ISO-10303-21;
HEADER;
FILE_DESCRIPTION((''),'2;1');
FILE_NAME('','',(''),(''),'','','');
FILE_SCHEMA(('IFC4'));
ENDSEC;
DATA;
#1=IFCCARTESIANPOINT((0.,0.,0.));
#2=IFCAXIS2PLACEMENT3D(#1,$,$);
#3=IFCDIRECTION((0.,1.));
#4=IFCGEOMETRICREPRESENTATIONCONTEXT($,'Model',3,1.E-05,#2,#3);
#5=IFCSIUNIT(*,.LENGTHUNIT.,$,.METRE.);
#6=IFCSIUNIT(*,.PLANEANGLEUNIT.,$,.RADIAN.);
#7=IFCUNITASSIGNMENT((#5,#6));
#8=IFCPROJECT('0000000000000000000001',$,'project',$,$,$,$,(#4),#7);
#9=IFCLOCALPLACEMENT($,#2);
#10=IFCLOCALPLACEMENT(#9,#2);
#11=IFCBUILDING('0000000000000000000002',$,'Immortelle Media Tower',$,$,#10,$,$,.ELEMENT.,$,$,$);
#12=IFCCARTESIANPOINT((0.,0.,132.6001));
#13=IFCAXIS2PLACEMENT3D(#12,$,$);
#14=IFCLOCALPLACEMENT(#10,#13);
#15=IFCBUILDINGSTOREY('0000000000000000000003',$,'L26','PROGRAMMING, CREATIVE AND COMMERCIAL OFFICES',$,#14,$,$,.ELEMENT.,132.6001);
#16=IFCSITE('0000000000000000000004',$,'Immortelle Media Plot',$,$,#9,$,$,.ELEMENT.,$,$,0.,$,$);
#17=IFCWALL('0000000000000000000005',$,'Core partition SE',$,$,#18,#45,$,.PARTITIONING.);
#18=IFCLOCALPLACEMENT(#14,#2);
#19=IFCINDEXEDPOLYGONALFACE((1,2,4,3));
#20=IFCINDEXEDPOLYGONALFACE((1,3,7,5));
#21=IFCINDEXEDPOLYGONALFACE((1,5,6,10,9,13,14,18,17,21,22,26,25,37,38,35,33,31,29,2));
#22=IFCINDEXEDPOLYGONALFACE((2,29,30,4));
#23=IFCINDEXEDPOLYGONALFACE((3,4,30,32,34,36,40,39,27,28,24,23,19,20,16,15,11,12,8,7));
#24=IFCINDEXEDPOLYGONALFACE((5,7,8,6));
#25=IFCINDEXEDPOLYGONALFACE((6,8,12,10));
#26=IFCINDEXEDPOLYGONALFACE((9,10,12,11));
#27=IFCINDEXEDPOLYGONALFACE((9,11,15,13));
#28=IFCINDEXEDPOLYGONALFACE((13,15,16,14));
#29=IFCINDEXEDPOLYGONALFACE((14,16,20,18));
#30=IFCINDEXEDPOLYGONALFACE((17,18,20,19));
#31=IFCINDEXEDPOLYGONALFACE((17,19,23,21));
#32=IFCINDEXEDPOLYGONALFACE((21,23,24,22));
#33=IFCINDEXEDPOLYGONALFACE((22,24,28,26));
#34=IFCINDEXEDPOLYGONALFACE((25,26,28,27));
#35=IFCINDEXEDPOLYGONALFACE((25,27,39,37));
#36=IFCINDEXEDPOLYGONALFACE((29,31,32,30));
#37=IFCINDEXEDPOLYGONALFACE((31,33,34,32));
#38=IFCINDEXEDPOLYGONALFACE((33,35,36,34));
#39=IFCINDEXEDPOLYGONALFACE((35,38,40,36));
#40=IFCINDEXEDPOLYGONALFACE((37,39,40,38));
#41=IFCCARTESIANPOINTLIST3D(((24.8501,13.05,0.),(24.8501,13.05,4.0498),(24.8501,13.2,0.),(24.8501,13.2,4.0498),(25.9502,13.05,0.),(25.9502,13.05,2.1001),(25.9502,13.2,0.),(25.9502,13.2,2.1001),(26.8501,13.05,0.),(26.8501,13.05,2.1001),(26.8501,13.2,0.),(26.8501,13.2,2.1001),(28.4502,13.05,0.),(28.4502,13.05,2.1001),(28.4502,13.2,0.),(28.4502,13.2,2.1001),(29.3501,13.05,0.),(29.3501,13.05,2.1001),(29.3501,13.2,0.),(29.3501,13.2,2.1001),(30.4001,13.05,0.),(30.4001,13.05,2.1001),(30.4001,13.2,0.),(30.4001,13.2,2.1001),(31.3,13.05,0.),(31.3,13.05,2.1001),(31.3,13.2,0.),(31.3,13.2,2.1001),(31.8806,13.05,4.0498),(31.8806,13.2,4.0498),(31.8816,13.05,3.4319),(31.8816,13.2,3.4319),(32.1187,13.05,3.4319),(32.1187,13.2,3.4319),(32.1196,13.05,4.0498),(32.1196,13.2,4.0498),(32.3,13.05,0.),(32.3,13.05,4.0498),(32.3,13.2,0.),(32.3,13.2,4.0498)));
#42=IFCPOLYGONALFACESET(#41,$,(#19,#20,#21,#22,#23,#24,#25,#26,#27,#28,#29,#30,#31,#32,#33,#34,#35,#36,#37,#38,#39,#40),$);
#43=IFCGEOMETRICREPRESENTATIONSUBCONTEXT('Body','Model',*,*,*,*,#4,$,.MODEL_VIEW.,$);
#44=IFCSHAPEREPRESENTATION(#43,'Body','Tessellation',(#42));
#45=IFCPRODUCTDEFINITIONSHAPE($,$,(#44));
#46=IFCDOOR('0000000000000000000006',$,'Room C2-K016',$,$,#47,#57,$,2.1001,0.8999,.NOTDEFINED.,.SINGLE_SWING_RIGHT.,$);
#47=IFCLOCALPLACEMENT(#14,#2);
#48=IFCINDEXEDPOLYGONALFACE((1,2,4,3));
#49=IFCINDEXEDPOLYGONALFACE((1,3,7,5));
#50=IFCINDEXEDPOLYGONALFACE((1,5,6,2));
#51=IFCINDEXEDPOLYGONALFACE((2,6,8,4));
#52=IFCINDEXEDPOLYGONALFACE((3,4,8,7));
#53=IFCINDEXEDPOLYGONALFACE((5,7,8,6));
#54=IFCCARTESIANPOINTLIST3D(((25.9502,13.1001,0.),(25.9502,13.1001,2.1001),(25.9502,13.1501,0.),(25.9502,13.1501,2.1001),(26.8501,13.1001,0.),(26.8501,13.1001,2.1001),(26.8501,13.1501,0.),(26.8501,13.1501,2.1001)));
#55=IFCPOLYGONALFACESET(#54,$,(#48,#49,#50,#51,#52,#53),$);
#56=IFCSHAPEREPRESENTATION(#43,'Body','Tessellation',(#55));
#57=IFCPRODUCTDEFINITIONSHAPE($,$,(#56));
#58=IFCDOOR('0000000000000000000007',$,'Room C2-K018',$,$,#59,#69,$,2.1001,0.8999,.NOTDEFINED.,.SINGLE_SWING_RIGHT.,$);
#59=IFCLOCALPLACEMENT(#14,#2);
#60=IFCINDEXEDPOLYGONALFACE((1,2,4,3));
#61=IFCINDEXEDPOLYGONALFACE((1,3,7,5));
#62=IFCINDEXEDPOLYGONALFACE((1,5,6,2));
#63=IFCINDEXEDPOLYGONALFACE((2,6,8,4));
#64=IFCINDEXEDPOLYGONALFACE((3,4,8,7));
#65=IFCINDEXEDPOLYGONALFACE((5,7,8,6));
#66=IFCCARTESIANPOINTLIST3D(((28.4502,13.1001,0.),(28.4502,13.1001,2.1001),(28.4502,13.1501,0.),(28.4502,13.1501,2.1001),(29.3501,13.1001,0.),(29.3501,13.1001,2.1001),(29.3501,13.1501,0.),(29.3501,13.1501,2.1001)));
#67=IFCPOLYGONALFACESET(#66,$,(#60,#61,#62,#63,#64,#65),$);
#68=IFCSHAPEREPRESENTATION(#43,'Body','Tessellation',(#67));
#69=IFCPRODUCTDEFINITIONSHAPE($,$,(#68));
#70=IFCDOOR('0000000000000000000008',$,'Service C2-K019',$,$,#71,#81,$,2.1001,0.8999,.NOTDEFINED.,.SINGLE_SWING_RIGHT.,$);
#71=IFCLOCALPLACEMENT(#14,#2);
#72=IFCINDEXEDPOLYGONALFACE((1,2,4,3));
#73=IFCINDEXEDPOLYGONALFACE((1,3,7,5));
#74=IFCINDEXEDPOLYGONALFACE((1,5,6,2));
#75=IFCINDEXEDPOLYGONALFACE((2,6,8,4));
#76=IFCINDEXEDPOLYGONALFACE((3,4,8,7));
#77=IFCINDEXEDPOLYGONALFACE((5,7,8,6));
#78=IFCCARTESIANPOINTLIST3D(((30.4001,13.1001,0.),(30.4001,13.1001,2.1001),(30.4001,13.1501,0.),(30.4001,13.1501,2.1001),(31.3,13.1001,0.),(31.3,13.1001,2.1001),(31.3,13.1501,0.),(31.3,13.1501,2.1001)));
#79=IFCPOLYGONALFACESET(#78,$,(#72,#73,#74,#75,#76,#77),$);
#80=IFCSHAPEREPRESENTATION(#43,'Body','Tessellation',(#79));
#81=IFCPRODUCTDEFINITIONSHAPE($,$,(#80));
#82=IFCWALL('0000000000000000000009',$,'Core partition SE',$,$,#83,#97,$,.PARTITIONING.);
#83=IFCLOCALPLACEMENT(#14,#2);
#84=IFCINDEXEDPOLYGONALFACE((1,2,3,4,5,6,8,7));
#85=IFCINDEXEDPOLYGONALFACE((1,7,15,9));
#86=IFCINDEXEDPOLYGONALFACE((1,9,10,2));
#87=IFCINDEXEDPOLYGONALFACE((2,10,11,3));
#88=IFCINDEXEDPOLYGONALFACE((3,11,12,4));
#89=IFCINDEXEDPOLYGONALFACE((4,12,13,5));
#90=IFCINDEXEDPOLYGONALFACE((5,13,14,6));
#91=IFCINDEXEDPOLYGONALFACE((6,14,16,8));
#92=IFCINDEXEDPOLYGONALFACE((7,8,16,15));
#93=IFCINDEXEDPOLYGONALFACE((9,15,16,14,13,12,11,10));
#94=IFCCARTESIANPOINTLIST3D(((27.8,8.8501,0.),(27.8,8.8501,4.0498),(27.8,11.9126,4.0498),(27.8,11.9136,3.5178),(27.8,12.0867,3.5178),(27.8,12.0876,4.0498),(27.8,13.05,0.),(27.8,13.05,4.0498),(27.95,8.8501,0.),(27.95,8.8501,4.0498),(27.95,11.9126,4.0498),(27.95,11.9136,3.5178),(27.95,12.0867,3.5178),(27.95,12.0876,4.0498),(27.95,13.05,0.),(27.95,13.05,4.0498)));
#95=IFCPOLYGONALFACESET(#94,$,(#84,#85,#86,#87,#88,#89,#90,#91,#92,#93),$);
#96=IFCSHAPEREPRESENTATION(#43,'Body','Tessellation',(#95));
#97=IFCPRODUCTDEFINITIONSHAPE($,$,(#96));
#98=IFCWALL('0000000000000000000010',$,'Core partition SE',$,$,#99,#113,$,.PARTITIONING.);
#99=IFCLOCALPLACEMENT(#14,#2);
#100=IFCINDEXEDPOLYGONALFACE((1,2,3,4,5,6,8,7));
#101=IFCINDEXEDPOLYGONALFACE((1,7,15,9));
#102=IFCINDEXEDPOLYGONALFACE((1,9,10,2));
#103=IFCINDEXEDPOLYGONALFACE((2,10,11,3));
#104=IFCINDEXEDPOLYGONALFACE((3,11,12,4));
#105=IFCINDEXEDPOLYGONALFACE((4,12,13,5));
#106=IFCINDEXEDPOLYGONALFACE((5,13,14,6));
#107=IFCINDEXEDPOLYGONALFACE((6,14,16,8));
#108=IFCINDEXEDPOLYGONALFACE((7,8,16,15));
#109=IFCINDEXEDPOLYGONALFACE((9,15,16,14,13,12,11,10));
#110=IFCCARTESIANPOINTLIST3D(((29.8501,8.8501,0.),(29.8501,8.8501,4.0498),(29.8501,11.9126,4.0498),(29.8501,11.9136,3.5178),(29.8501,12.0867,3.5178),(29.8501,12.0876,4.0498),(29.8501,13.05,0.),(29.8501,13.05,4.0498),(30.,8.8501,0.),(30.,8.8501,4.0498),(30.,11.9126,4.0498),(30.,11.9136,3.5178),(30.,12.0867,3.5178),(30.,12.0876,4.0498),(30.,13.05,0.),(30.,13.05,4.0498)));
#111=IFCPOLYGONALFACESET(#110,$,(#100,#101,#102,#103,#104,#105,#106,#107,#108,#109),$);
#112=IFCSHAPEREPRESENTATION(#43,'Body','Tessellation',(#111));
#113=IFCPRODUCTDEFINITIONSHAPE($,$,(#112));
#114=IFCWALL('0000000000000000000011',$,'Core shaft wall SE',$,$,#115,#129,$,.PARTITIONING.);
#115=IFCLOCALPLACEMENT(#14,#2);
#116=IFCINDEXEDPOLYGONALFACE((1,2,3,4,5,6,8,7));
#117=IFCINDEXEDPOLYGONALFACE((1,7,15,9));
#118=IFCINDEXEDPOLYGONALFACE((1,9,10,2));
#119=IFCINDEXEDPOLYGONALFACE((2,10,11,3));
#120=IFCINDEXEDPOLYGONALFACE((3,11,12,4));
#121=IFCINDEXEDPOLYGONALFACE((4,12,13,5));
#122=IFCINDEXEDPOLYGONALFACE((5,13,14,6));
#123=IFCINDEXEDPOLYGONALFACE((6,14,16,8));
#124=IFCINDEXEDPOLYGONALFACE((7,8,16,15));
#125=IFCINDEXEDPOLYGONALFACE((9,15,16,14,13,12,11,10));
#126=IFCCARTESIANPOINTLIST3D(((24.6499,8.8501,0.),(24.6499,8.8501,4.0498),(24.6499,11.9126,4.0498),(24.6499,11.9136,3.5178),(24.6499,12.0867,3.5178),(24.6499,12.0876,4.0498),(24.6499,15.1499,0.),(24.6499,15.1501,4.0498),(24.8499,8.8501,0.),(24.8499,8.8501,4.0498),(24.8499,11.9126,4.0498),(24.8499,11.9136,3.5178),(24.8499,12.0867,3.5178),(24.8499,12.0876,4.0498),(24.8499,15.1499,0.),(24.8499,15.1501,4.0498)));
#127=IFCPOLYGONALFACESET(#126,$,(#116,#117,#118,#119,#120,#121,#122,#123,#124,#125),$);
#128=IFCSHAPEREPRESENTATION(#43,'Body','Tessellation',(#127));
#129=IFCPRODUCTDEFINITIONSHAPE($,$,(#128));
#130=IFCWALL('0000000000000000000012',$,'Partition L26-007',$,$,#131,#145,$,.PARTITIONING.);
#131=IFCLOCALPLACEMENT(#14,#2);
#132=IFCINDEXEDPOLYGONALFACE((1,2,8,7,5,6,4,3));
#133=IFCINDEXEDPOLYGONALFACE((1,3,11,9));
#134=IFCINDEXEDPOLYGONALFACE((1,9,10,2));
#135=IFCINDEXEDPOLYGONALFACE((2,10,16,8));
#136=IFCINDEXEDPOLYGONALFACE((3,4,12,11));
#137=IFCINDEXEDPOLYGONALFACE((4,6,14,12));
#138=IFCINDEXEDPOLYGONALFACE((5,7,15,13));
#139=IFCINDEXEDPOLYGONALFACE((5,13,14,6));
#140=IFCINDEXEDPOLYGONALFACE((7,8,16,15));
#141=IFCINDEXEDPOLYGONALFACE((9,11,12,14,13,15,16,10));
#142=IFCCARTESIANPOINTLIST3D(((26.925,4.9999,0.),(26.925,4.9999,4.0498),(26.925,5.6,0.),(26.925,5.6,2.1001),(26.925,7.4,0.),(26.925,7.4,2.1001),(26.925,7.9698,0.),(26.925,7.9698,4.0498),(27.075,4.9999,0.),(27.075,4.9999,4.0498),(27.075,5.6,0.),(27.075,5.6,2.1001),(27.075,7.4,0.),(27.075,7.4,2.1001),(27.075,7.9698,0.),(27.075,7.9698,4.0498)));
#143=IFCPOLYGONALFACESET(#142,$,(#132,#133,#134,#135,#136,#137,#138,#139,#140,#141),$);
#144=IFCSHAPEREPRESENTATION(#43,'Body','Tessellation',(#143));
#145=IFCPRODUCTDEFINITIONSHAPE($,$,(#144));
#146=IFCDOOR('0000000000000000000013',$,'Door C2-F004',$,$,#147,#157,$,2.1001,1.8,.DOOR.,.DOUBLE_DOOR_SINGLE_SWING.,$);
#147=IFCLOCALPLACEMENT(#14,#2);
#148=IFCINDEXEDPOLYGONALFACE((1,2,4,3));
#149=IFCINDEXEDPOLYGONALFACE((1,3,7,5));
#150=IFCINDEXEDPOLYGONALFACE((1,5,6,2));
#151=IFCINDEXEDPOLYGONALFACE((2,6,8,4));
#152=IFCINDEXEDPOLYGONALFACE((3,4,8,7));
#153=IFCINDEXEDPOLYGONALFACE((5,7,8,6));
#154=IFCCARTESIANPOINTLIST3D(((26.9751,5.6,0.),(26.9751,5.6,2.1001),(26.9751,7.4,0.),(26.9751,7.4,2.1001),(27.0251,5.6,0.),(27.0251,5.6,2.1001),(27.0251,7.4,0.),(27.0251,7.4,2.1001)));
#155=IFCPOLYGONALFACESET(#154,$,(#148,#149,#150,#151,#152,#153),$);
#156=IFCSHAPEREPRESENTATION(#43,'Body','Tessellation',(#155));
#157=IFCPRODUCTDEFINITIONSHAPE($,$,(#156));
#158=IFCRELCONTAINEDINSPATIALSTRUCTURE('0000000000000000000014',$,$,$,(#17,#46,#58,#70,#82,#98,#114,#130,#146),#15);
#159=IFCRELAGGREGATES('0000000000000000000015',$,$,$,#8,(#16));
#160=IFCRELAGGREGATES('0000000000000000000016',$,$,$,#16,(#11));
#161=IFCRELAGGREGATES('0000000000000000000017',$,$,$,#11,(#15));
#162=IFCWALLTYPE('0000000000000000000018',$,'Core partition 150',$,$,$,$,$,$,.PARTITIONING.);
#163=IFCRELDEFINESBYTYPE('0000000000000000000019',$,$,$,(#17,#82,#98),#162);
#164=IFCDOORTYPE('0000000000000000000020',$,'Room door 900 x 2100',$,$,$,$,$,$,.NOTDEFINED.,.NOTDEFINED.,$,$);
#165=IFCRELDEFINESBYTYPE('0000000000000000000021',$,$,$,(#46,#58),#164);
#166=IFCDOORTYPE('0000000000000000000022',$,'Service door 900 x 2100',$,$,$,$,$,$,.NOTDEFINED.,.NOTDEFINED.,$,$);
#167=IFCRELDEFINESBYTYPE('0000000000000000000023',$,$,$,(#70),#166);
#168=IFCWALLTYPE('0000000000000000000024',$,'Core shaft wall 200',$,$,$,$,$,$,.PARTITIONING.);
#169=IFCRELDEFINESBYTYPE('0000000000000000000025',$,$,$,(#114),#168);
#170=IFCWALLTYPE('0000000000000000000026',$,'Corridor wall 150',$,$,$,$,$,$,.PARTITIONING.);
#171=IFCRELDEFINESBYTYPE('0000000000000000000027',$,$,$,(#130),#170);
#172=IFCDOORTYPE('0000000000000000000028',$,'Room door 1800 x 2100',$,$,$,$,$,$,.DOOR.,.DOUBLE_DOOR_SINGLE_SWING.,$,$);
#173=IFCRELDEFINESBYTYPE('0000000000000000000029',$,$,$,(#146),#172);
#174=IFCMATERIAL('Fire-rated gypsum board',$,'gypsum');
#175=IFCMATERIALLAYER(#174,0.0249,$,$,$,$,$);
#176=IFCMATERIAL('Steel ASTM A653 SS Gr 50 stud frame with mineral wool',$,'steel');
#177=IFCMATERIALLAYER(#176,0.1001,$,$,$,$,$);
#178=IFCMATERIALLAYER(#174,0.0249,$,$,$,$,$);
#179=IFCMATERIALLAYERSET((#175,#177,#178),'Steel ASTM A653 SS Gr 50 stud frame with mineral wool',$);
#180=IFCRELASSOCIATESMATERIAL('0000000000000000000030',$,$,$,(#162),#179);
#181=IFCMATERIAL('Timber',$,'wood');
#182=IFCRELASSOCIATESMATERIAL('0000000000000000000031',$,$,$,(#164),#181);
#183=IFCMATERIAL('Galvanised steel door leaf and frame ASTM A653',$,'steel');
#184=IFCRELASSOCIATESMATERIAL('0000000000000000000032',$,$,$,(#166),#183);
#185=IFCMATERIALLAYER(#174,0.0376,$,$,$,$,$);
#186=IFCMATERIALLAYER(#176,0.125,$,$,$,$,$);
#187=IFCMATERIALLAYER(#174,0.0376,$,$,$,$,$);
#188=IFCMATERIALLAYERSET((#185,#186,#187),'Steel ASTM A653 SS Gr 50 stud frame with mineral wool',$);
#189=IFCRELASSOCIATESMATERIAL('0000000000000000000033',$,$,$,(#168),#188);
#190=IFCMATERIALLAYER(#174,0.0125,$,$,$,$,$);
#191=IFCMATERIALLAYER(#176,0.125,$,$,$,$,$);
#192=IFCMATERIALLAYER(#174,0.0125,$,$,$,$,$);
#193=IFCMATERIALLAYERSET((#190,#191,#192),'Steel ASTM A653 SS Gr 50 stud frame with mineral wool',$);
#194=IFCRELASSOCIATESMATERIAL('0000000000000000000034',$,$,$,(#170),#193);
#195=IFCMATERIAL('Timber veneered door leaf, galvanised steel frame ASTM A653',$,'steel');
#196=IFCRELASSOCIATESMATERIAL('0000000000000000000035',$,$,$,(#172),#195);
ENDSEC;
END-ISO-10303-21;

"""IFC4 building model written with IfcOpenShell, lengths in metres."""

from ifc_helpers import new_model, si_unit, direction, frame, frame_2d, origin, place, context, subcontext, project, spatial, polyline, rectangle, outline, extrude, material, layer, layer_set, type_object, element, fill, save


model = new_model("IFC4")

# Units and contexts
model_context = context("Model", 3, precision=1e-05, world=origin(), true_north=direction((0.0, 1.0)))
body_context = subcontext(model_context, "Body", "Model", "MODEL_VIEW")
ifc_project = project(units=[si_unit("LENGTHUNIT", "METRE"), si_unit("PLANEANGLEUNIT", "RADIAN")], contexts=[model_context])

# Site, building, storey
site_placement = place(None, origin())
site = spatial("IfcSite", under=ifc_project, at=site_placement, Name="Immortelle Media Plot", CompositionType="ELEMENT", RefElevation=0.0)
building_placement = place(site_placement, origin())
building = spatial("IfcBuilding", under=site, at=building_placement, Name="Immortelle Media Tower", CompositionType="ELEMENT")
storey_placement = place(building_placement, frame((0.0, 0.0, 132.6001)))
storey = spatial("IfcBuildingStorey", under=building, at=storey_placement, Name="L26", Description="PROGRAMMING, CREATIVE AND COMMERCIAL OFFICES", CompositionType="ELEMENT", Elevation=132.6001)

# Wall, openings, doors
ifc_material_1 = material(Name="Fire-rated gypsum board", Category="gypsum")
ifc_layer_1 = layer(ifc_material_1, 0.0249)
ifc_material_2 = material(Name="Steel ASTM A653 SS Gr 50 stud frame with mineral wool", Category="steel")
ifc_layer_2 = layer(ifc_material_2, 0.1001)
ifc_layer_3 = layer(ifc_material_1, 0.0249)
ifc_layer_set_1 = layer_set([ifc_layer_1, ifc_layer_2, ifc_layer_3], Name="Steel ASTM A653 SS Gr 50 stud frame with mineral wool")
wall_type_1 = type_object("IfcWallType", Name="Core partition 150", PredefinedType="PARTITIONING", material=ifc_layer_set_1)
wall_1_placement = place(storey_placement, frame((24.8501, 13.125, 0.0), z_axis=(0.0, 0.0, 1.0), x_axis=(1.0, 0.0, 0.0)))
wall_1 = element("IfcWall", 1, at=wall_1_placement, inside=storey, type_object=wall_type_1, Name="Core partition SE", PredefinedType="PARTITIONING", context=body_context, shape_type="SweptSolid", body=[
    extrude(outline(polyline([(0.0, 0.0), (7.45, 0.0), (7.45, 4.0498), (7.2695, 4.0498), (7.2686, 3.4319), (7.0315, 3.4319), (7.0305, 4.0498), (0.0, 4.0498), (0.0, 0.0)])), frame((0.0, 0.075, 0.0), z_axis=(0.0, -1.0, 0.0), x_axis=(1.0, 0.0, 0.0)), (0.0, 0.0, 1.0), 0.1499),
])
opening_1_placement = place(wall_1_placement, frame((2.0, 0.0, 0.0), z_axis=(0.0, 0.0, 1.0), x_axis=(-1.0, 0.0, 0.0)))
opening_1 = element("IfcOpeningElement", 2, at=opening_1_placement, cuts=wall_1, PredefinedType="OPENING", context=body_context, shape_type="SweptSolid", body=[
    extrude(rectangle(XDim=0.8999, YDim=2.1001, at=frame_2d((0.45, 1.05))), frame((0.0, 0.085, 0.0), z_axis=(0.0, -1.0, 0.0), x_axis=(1.0, 0.0, 0.0)), (0.0, 0.0, 1.0), 0.1699),
])
opening_2_placement = place(wall_1_placement, frame((4.5, 0.0, 0.0), z_axis=(0.0, 0.0, 1.0), x_axis=(-1.0, 0.0, 0.0)))
opening_2 = element("IfcOpeningElement", 3, at=opening_2_placement, cuts=wall_1, PredefinedType="OPENING", context=body_context, shape_type="SweptSolid", body=[
    extrude(rectangle(XDim=0.8999, YDim=2.1001, at=frame_2d((0.45, 1.05))), frame((0.0, 0.085, 0.0), z_axis=(0.0, -1.0, 0.0), x_axis=(1.0, 0.0, 0.0)), (0.0, 0.0, 1.0), 0.1699),
])
opening_3_placement = place(wall_1_placement, frame((6.45, 0.0, 0.0), z_axis=(0.0, 0.0, 1.0), x_axis=(-1.0, 0.0, 0.0)))
opening_3 = element("IfcOpeningElement", 4, at=opening_3_placement, cuts=wall_1, PredefinedType="OPENING", context=body_context, shape_type="SweptSolid", body=[
    extrude(rectangle(XDim=0.8999, YDim=2.1001, at=frame_2d((0.45, 1.05))), frame((0.0, 0.085, 0.0), z_axis=(0.0, -1.0, 0.0), x_axis=(1.0, 0.0, 0.0)), (0.0, 0.0, 1.0), 0.1699),
])
ifc_material_3 = material(Name="Timber", Category="wood")
door_type_1 = type_object("IfcDoorType", Name="Room door 900 x 2100", OperationType="NOTDEFINED", PredefinedType="NOTDEFINED", material=ifc_material_3)
door_1_placement = place(opening_1_placement, origin())
door_1 = element("IfcDoor", 5, at=door_1_placement, inside=storey, type_object=door_type_1, Name="Room C2-K016", OperationType="SINGLE_SWING_RIGHT", OverallHeight=2.1001, OverallWidth=0.8999, PredefinedType="NOTDEFINED", context=body_context, shape_type="SweptSolid", body=[
    extrude(rectangle(XDim=0.8999, YDim=2.1001, at=frame_2d((0.45, 1.05))), frame((0.0, 0.0249, 0.0), z_axis=(0.0, -1.0, 0.0), x_axis=(1.0, 0.0, 0.0)), (0.0, 0.0, 1.0), 0.05),
])
fill(opening_1, door_1)
door_2_placement = place(opening_2_placement, origin())
door_2 = element("IfcDoor", 6, at=door_2_placement, inside=storey, type_object=door_type_1, Name="Room C2-K018", OperationType="SINGLE_SWING_RIGHT", OverallHeight=2.1001, OverallWidth=0.8999, PredefinedType="NOTDEFINED", context=body_context, shape_type="SweptSolid", body=[
    extrude(rectangle(XDim=0.8999, YDim=2.1001, at=frame_2d((0.45, 1.05))), frame((0.0, 0.0249, 0.0), z_axis=(0.0, -1.0, 0.0), x_axis=(1.0, 0.0, 0.0)), (0.0, 0.0, 1.0), 0.05),
])
fill(opening_2, door_2)
ifc_material_4 = material(Name="Galvanised steel door leaf and frame ASTM A653", Category="steel")
door_type_2 = type_object("IfcDoorType", Name="Service door 900 x 2100", OperationType="NOTDEFINED", PredefinedType="NOTDEFINED", material=ifc_material_4)
door_3_placement = place(opening_3_placement, origin())
door_3 = element("IfcDoor", 7, at=door_3_placement, inside=storey, type_object=door_type_2, Name="Service C2-K019", OperationType="SINGLE_SWING_RIGHT", OverallHeight=2.1001, OverallWidth=0.8999, PredefinedType="NOTDEFINED", context=body_context, shape_type="SweptSolid", body=[
    extrude(rectangle(XDim=0.8999, YDim=2.1001, at=frame_2d((0.45, 1.05))), frame((0.0, 0.0249, 0.0), z_axis=(0.0, -1.0, 0.0), x_axis=(1.0, 0.0, 0.0)), (0.0, 0.0, 1.0), 0.05),
])
fill(opening_3, door_3)

# Walls
for number, where, z_axis, x_axis, name in (
    (8, (27.875, 8.8501, 0.0), (0.0, 0.0, 1.0), (0.0, 1.0, 0.0), "Core partition SE"),
    (9, (29.925, 8.8501, 0.0), (0.0, 0.0, 1.0), (0.0, 1.0, 0.0), "Core partition SE"),
):
    element("IfcWall", number, at=place(storey_placement, frame(where, z_axis=z_axis, x_axis=x_axis)), inside=storey, type_object=wall_type_1, Name=name, PredefinedType="PARTITIONING", context=body_context, shape_type="SweptSolid", body=[
        extrude(outline(polyline([(0.0, 0.0), (4.2, 0.0), (4.2, 4.0498), (3.2375, 4.0498), (3.2366, 3.5178), (3.0635, 3.5178), (3.0625, 4.0498), (0.0, 4.0498), (0.0, 0.0)])), frame((0.0, 0.075, 0.0), z_axis=(0.0, -1.0, 0.0), x_axis=(1.0, 0.0, 0.0)), (0.0, 0.0, 1.0), 0.1499),
    ])
ifc_layer_4 = layer(ifc_material_1, 0.0376)
ifc_layer_5 = layer(ifc_material_2, 0.125)
ifc_layer_6 = layer(ifc_material_1, 0.0376)
ifc_layer_set_2 = layer_set([ifc_layer_4, ifc_layer_5, ifc_layer_6], Name="Steel ASTM A653 SS Gr 50 stud frame with mineral wool")
wall_type_2 = type_object("IfcWallType", Name="Core shaft wall 200", PredefinedType="PARTITIONING", material=ifc_layer_set_2)
wall_2_placement = place(storey_placement, frame((24.75, 8.8501, 0.0), z_axis=(0.0, 0.0, 1.0), x_axis=(0.0, 1.0, 0.0)))
element("IfcWall", 10, at=wall_2_placement, inside=storey, type_object=wall_type_2, Name="Core shaft wall SE", PredefinedType="PARTITIONING", context=body_context, shape_type="SweptSolid", body=[
    extrude(outline(polyline([(0.0, 0.0), (6.2998, 0.0), (6.3, 4.0498), (3.2375, 4.0498), (3.2366, 3.5178), (3.0635, 3.5178), (3.0625, 4.0498), (0.0, 4.0498), (0.0, 0.0)])), frame((0.0, 0.1001, 0.0), z_axis=(0.0, -1.0, 0.0), x_axis=(1.0, 0.0, 0.0)), (0.0, 0.0, 1.0), 0.2),
])

# Wall, opening, door
ifc_layer_7 = layer(ifc_material_1, 0.0125)
ifc_layer_8 = layer(ifc_material_2, 0.125)
ifc_layer_9 = layer(ifc_material_1, 0.0125)
ifc_layer_set_3 = layer_set([ifc_layer_7, ifc_layer_8, ifc_layer_9], Name="Steel ASTM A653 SS Gr 50 stud frame with mineral wool")
wall_type_3 = type_object("IfcWallType", Name="Corridor wall 150", PredefinedType="PARTITIONING", material=ifc_layer_set_3)
wall_3_placement = place(storey_placement, frame((27.0, 5.0, 0.0), z_axis=(0.0, 0.0, 1.0), x_axis=(0.0, 1.0, 0.0)))
wall_3 = element("IfcWall", 11, at=wall_3_placement, inside=storey, type_object=wall_type_3, Name="Partition L26-007", PredefinedType="PARTITIONING", context=body_context, shape_type="SweptSolid", body=[
    extrude(rectangle(XDim=2.97, YDim=0.1499, at=frame_2d((1.4849, 0.0))), origin(), (0.0, 0.0, 1.0), 4.0498),
])
opening_4_placement = place(wall_3_placement, frame((0.6001, 0.0, 0.0)))
opening_4 = element("IfcOpeningElement", 12, at=opening_4_placement, cuts=wall_3, PredefinedType="OPENING", context=body_context, shape_type="SweptSolid", body=[
    extrude(rectangle(XDim=1.8, YDim=2.1001, at=frame_2d((0.8999, 1.05))), frame((0.0, 0.085, 0.0), z_axis=(0.0, -1.0, 0.0), x_axis=(1.0, 0.0, 0.0)), (0.0, 0.0, 1.0), 0.1699),
])
ifc_material_5 = material(Name="Timber veneered door leaf, galvanised steel frame ASTM A653", Category="steel")
door_type_3 = type_object("IfcDoorType", Name="Room door 1800 x 2100", OperationType="DOUBLE_DOOR_SINGLE_SWING", PredefinedType="DOOR", material=ifc_material_5)
door_4_placement = place(opening_4_placement, origin())
door_4 = element("IfcDoor", 13, at=door_4_placement, inside=storey, type_object=door_type_3, Name="Door C2-F004", OperationType="DOUBLE_DOOR_SINGLE_SWING", OverallHeight=2.1001, OverallWidth=1.8, PredefinedType="DOOR", context=body_context, shape_type="SweptSolid", body=[
    extrude(rectangle(XDim=1.8, YDim=2.1001, at=frame_2d((0.8999, 1.05))), frame((0.0, 0.0249, 0.0), z_axis=(0.0, -1.0, 0.0), x_axis=(1.0, 0.0, 0.0)), (0.0, 0.0, 1.0), 0.05),
])
fill(opening_4, door_4)

save(model, "model.ifc")
